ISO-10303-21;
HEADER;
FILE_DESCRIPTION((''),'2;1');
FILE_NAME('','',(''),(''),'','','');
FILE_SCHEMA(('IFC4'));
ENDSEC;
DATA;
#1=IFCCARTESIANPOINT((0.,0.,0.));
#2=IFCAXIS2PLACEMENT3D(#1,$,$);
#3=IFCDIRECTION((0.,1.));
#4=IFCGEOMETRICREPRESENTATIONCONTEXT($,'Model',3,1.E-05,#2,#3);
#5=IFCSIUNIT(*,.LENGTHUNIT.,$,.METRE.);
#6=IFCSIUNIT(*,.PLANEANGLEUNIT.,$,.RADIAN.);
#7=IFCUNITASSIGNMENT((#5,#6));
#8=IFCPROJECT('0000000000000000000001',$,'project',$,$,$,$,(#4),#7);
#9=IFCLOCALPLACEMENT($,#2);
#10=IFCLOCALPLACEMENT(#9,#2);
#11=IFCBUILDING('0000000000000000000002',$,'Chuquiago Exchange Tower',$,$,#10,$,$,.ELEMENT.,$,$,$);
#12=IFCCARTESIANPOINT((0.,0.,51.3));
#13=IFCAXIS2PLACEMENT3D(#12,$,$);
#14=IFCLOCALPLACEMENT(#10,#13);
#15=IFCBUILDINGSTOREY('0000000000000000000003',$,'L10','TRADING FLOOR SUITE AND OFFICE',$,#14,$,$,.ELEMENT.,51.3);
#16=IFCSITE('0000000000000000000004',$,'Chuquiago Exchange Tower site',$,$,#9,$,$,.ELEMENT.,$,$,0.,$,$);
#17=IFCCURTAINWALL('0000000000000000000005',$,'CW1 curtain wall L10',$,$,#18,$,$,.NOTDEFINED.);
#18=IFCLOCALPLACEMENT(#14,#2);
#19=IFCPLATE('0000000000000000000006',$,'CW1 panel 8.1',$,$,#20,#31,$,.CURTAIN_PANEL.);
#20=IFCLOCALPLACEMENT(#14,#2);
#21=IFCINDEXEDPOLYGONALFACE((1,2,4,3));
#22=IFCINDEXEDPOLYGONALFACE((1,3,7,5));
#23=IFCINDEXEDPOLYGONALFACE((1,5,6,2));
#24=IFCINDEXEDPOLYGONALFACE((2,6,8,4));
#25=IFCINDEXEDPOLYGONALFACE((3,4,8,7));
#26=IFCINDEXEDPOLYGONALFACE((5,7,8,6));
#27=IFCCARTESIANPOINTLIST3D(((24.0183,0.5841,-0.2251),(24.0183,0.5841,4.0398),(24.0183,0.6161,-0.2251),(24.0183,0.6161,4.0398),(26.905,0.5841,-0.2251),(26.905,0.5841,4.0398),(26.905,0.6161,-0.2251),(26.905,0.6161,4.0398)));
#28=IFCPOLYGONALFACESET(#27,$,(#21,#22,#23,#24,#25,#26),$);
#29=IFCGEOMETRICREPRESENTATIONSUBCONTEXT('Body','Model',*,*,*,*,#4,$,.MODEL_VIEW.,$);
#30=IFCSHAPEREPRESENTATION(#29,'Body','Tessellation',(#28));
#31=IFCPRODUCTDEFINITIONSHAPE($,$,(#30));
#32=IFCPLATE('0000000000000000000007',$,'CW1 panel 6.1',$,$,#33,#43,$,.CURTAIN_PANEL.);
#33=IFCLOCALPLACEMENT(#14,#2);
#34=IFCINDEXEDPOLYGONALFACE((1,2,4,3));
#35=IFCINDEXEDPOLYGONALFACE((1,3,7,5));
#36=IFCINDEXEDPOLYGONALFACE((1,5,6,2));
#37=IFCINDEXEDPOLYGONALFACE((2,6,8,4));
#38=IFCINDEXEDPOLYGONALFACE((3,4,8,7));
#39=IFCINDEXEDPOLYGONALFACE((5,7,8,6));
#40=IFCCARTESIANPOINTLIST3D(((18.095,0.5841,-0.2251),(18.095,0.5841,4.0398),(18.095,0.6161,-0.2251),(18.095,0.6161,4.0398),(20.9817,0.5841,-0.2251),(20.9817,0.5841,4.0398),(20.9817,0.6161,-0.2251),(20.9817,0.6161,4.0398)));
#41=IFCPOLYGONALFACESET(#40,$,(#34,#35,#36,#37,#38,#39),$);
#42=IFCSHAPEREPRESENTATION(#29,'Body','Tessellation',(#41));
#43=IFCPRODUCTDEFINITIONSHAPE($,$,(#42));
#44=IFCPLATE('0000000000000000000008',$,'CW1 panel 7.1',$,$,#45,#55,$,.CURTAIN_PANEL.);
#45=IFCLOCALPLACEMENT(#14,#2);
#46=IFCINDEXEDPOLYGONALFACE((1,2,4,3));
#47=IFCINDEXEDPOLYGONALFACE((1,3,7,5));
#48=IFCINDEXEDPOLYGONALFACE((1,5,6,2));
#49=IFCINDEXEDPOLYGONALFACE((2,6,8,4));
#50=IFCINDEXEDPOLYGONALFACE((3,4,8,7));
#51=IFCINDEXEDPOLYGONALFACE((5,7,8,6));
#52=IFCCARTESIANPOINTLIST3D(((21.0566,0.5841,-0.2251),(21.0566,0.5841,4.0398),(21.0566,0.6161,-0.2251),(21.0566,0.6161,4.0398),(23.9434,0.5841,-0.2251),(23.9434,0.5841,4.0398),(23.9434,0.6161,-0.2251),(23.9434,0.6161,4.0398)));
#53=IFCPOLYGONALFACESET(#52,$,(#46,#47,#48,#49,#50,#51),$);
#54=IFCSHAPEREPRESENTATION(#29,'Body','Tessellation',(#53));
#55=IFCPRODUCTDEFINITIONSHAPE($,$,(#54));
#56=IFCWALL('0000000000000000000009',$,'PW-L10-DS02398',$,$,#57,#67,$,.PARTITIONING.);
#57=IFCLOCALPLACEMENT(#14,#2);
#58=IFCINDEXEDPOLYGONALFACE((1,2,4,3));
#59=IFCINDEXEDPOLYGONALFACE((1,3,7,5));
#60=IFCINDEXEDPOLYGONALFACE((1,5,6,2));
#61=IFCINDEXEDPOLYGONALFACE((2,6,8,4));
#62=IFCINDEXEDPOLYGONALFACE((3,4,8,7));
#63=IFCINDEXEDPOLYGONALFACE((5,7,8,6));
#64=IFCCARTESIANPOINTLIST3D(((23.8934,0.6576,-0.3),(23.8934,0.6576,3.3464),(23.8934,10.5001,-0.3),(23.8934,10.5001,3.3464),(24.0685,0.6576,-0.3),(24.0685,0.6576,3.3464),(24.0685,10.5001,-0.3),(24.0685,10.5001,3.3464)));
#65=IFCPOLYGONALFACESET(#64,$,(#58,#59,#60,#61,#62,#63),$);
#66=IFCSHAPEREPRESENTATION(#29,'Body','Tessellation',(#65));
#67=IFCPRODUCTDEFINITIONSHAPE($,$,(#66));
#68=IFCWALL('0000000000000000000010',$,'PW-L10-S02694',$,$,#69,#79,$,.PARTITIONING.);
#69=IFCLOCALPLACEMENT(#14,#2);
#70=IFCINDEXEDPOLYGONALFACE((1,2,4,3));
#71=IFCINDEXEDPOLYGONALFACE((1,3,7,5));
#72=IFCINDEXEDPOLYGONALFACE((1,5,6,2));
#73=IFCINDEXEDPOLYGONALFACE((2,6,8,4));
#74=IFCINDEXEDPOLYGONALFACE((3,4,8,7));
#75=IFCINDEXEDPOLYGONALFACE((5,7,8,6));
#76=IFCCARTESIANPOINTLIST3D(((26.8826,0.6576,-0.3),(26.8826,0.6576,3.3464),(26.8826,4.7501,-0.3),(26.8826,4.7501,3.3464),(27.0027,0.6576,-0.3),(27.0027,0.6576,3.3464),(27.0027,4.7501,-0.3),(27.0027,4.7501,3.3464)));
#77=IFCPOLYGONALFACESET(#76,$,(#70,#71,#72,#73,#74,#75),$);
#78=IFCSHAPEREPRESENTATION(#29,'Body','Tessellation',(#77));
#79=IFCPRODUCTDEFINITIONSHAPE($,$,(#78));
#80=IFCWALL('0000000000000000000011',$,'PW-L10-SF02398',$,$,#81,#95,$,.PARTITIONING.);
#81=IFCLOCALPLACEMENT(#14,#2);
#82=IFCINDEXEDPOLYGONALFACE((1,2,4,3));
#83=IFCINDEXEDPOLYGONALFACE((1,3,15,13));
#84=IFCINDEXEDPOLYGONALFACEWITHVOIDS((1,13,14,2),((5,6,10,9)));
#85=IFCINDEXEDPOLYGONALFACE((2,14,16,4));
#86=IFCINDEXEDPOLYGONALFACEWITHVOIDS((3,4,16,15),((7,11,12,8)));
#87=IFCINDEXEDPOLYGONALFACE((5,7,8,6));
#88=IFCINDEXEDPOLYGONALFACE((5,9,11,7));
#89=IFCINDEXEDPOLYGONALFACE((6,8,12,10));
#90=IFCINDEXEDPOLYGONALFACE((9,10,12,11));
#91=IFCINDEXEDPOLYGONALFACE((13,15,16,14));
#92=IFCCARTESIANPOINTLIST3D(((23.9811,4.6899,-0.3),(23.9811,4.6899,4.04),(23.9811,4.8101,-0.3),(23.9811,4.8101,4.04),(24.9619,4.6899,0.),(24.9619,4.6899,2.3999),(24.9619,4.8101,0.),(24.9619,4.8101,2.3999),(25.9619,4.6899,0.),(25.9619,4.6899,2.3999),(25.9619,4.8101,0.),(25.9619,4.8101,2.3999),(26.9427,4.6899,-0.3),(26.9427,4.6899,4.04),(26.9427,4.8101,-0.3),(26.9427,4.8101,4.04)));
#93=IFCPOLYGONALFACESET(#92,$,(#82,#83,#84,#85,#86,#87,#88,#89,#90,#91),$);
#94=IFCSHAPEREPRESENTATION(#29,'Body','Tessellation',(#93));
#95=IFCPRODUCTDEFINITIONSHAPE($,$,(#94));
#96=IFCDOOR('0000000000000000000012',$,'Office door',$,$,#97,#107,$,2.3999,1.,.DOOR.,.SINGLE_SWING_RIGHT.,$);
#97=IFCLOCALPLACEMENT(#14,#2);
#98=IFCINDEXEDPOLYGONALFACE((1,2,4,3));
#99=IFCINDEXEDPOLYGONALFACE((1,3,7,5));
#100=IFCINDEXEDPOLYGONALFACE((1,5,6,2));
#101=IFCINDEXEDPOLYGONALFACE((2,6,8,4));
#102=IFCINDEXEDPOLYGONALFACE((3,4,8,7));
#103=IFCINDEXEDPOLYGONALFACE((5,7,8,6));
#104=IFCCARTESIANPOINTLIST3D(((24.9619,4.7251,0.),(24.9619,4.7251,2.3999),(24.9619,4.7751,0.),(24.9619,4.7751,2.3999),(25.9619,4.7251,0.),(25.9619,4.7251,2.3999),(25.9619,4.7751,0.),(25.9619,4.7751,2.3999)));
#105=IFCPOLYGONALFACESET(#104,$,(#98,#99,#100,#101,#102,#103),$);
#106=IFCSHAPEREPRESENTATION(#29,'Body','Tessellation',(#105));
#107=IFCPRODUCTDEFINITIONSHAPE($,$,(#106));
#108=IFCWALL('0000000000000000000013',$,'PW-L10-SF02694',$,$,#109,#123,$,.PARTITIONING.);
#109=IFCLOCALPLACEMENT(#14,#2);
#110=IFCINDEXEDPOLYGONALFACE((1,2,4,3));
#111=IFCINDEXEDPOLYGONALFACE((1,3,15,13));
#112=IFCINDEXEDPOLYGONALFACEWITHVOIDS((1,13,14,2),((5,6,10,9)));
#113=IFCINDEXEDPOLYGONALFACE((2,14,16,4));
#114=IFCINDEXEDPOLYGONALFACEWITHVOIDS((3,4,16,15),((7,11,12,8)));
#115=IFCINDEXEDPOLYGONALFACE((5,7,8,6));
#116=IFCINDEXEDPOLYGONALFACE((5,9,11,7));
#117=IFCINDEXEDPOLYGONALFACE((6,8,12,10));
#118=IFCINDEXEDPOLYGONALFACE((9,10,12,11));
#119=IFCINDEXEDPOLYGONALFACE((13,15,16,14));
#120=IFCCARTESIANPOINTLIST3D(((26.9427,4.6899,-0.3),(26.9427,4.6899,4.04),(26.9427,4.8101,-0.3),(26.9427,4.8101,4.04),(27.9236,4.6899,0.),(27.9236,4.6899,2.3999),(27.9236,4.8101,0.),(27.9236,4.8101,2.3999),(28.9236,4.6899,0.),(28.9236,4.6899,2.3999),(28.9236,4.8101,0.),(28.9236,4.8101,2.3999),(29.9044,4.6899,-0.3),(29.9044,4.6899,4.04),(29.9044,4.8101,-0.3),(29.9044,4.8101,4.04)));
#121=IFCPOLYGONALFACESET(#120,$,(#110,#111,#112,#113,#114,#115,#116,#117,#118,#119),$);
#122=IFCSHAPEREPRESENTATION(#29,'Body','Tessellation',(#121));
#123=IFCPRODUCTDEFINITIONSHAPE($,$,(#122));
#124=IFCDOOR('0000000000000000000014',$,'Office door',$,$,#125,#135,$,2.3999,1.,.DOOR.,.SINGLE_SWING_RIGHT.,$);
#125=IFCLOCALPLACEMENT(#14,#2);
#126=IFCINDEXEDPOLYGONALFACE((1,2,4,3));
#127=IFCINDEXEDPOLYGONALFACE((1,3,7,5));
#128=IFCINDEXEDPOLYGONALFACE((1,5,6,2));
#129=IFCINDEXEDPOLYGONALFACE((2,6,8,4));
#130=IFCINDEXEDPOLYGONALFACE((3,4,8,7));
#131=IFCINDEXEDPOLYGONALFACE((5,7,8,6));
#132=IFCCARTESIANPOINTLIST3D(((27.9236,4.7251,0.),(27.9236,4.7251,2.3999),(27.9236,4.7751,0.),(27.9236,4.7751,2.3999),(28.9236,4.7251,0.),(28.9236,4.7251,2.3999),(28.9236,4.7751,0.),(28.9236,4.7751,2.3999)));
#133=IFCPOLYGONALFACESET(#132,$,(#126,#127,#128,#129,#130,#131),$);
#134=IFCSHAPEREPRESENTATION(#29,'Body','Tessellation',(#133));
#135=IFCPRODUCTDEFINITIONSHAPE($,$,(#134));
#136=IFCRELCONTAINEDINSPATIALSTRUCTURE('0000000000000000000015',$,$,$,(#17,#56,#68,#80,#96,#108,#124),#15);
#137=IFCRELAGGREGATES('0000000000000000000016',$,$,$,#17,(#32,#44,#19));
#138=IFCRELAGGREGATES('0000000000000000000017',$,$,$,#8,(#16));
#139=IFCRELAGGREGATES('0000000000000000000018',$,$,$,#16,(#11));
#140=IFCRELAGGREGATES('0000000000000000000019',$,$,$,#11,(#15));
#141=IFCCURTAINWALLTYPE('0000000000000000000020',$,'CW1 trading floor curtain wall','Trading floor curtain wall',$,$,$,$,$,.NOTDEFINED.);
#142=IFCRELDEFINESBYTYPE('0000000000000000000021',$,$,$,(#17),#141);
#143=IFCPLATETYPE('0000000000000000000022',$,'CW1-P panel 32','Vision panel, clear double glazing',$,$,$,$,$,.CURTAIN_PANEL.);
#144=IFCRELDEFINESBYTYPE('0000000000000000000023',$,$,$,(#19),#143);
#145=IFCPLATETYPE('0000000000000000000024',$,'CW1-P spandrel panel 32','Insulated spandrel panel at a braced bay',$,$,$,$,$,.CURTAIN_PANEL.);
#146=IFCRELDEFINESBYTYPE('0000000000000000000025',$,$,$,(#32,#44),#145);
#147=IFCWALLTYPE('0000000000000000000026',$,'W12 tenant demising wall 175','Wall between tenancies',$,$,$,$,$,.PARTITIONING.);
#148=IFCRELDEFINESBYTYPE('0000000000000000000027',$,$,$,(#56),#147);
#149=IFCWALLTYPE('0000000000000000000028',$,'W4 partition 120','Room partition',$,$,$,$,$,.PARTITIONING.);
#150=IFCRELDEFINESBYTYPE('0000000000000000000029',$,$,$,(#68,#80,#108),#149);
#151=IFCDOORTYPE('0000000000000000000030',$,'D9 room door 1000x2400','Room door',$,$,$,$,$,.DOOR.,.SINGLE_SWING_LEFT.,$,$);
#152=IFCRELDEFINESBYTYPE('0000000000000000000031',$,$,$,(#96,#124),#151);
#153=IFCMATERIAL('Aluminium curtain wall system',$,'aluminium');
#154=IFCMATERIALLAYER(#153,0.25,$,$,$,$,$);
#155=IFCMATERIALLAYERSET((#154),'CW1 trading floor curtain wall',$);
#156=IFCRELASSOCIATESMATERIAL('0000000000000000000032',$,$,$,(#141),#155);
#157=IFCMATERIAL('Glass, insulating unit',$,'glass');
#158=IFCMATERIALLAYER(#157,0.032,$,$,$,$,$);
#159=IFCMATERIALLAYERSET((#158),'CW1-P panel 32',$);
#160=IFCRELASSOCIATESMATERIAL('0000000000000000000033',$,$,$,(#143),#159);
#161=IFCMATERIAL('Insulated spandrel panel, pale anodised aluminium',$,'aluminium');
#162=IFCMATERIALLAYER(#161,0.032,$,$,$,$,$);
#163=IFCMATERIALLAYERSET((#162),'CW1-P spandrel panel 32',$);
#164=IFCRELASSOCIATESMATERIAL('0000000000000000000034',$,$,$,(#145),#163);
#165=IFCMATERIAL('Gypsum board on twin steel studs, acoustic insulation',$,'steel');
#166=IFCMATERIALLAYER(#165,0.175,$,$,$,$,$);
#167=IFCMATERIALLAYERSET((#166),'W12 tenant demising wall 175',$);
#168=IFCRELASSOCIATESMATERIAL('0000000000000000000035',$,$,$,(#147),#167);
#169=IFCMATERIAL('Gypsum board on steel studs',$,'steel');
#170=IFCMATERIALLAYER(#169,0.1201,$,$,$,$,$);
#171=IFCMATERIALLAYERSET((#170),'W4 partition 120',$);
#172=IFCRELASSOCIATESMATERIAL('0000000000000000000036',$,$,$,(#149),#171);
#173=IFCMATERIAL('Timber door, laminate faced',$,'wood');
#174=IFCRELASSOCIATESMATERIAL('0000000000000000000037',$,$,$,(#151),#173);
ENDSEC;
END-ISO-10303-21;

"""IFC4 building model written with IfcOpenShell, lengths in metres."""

from ifc_helpers import new_model, si_unit, direction, frame, frame_2d, origin, origin_2d, place, context, subcontext, project, spatial, rectangle, extrude, material, layer, layer_set, type_object, element, fill, aggregate, save


model = new_model("IFC4")

# Units and contexts
model_context = context("Model", 3, precision=1e-05, world=origin(), true_north=direction((0.0, 1.0)))
body_context = subcontext(model_context, "Body", "Model", "MODEL_VIEW")
ifc_project = project(units=[si_unit("LENGTHUNIT", "METRE"), si_unit("PLANEANGLEUNIT", "RADIAN")], contexts=[model_context])

# Site, building, storey
site_placement = place(None, origin())
site = spatial("IfcSite", under=ifc_project, at=site_placement, Name="Chuquiago Exchange Tower site", CompositionType="ELEMENT", RefElevation=0.0)
building_placement = place(site_placement, origin())
building = spatial("IfcBuilding", under=site, at=building_placement, Name="Chuquiago Exchange Tower", CompositionType="ELEMENT")
storey_placement = place(building_placement, frame((0.0, 0.0, 51.3)))
storey = spatial("IfcBuildingStorey", under=building, at=storey_placement, Name="L10", Description="TRADING FLOOR SUITE AND OFFICE", CompositionType="ELEMENT", Elevation=51.3)

# Curtain wall
ifc_material_1 = material(Name="Aluminium curtain wall system", Category="aluminium")
ifc_layer_1 = layer(ifc_material_1, 0.25)
ifc_layer_set_1 = layer_set([ifc_layer_1], Name="CW1 trading floor curtain wall")
curtain_wall_type = type_object("IfcCurtainWallType", Name="CW1 trading floor curtain wall", Description="Trading floor curtain wall", PredefinedType="NOTDEFINED", material=ifc_layer_set_1)
curtain_wall_placement = place(storey_placement, origin())
curtain_wall = element("IfcCurtainWall", 1, at=curtain_wall_placement, inside=storey, type_object=curtain_wall_type, Name="CW1 curtain wall L10", PredefinedType="NOTDEFINED")

# Plates
ifc_material_2 = material(Name="Glass, insulating unit", Category="glass")
ifc_layer_2 = layer(ifc_material_2, 0.032)
ifc_layer_set_2 = layer_set([ifc_layer_2], Name="CW1-P panel 32")
plate_type_1 = type_object("IfcPlateType", Name="CW1-P panel 32", Description="Vision panel, clear double glazing", PredefinedType="CURTAIN_PANEL", material=ifc_layer_set_2)
plate_1_placement = place(storey_placement, frame((25.4617, 0.6001, -0.2251), z_axis=(0.0, 0.0, 1.0), x_axis=(1.0, 0.0, 0.0)))
plate_1 = element("IfcPlate", 2, at=plate_1_placement, type_object=plate_type_1, Name="CW1 panel 8.1", PredefinedType="CURTAIN_PANEL", context=body_context, shape_type="SweptSolid", body=[
    extrude(rectangle(XDim=2.8867, YDim=0.032, at=origin_2d()), origin(), (0.0, 0.0, 1.0), 4.2649),
])
ifc_material_3 = material(Name="Insulated spandrel panel, pale anodised aluminium", Category="aluminium")
ifc_layer_3 = layer(ifc_material_3, 0.032)
ifc_layer_set_3 = layer_set([ifc_layer_3], Name="CW1-P spandrel panel 32")
plate_type_2 = type_object("IfcPlateType", Name="CW1-P spandrel panel 32", Description="Insulated spandrel panel at a braced bay", PredefinedType="CURTAIN_PANEL", material=ifc_layer_set_3)
plate_2_placement = place(storey_placement, frame((19.5383, 0.6001, -0.2251), z_axis=(0.0, 0.0, 1.0), x_axis=(1.0, 0.0, 0.0)))
plate_2 = element("IfcPlate", 3, at=plate_2_placement, type_object=plate_type_2, Name="CW1 panel 6.1", PredefinedType="CURTAIN_PANEL", context=body_context, shape_type="SweptSolid", body=[
    extrude(rectangle(XDim=2.8867, YDim=0.032, at=origin_2d()), origin(), (0.0, 0.0, 1.0), 4.2649),
])
plate_3_placement = place(storey_placement, frame((22.5, 0.6001, -0.2251), z_axis=(0.0, 0.0, 1.0), x_axis=(1.0, 0.0, 0.0)))
plate_3 = element("IfcPlate", 4, at=plate_3_placement, type_object=plate_type_2, Name="CW1 panel 7.1", PredefinedType="CURTAIN_PANEL", context=body_context, shape_type="SweptSolid", body=[
    extrude(rectangle(XDim=2.8867, YDim=0.032, at=origin_2d()), origin(), (0.0, 0.0, 1.0), 4.2649),
])
aggregate(curtain_wall, [plate_2, plate_3, plate_1])

# Walls
ifc_material_4 = material(Name="Gypsum board on twin steel studs, acoustic insulation", Category="steel")
ifc_layer_4 = layer(ifc_material_4, 0.175)
ifc_layer_set_4 = layer_set([ifc_layer_4], Name="W12 tenant demising wall 175")
wall_type_1 = type_object("IfcWallType", Name="W12 tenant demising wall 175", Description="Wall between tenancies", PredefinedType="PARTITIONING", material=ifc_layer_set_4)
wall_1_placement = place(storey_placement, frame((23.981, 0.6575, -0.3), z_axis=(0.0, 0.0, 1.0), x_axis=(0.0, 1.0, 0.0)))
element("IfcWall", 5, at=wall_1_placement, inside=storey, type_object=wall_type_1, Name="PW-L10-DS02398", PredefinedType="PARTITIONING", context=body_context, shape_type="SweptSolid", body=[
    extrude(rectangle(XDim=9.8425, YDim=0.175, at=frame_2d((4.9214, 0.0))), origin(), (0.0, 0.0, 1.0), 3.6465),
])
ifc_material_5 = material(Name="Gypsum board on steel studs", Category="steel")
ifc_layer_5 = layer(ifc_material_5, 0.1201)
ifc_layer_set_5 = layer_set([ifc_layer_5], Name="W4 partition 120")
wall_type_2 = type_object("IfcWallType", Name="W4 partition 120", Description="Room partition", PredefinedType="PARTITIONING", material=ifc_layer_set_5)
wall_2_placement = place(storey_placement, frame((26.9426, 0.6575, -0.3), z_axis=(0.0, 0.0, 1.0), x_axis=(0.0, 1.0, 0.0)))
element("IfcWall", 6, at=wall_2_placement, inside=storey, type_object=wall_type_2, Name="PW-L10-S02694", PredefinedType="PARTITIONING", context=body_context, shape_type="SweptSolid", body=[
    extrude(rectangle(XDim=4.0925, YDim=0.1201, at=frame_2d((2.0464, 0.0))), origin(), (0.0, 0.0, 1.0), 3.6465),
])

# Walls, openings, doors
wall_3_placement = place(storey_placement, frame((23.981, 4.75, -0.3), z_axis=(0.0, 0.0, 1.0), x_axis=(1.0, 0.0, 0.0)))
wall_3 = element("IfcWall", 7, at=wall_3_placement, inside=storey, type_object=wall_type_2, Name="PW-L10-SF02398", PredefinedType="PARTITIONING", context=body_context, shape_type="SweptSolid", body=[
    extrude(rectangle(XDim=2.9617, YDim=0.1201, at=frame_2d((1.481, 0.0))), origin(), (0.0, 0.0, 1.0), 4.3401),
])
opening_1_placement = place(wall_3_placement, frame((0.981, 0.0, 0.3)))
opening_1 = element("IfcOpeningElement", 8, at=opening_1_placement, cuts=wall_3, PredefinedType="OPENING", context=body_context, shape_type="SweptSolid", body=[
    extrude(rectangle(XDim=1.0, YDim=2.3999, at=frame_2d((0.5, 1.2))), frame((0.0, 0.0701, 0.0), z_axis=(0.0, -1.0, 0.0), x_axis=(1.0, 0.0, 0.0)), (0.0, 0.0, 1.0), 0.1401),
])
ifc_material_6 = material(Name="Timber door, laminate faced", Category="wood")
door_type = type_object("IfcDoorType", Name="D9 room door 1000x2400", Description="Room door", OperationType="SINGLE_SWING_LEFT", PredefinedType="DOOR", material=ifc_material_6)
door_1_placement = place(opening_1_placement, frame((1.0, 0.0, 0.0), z_axis=(0.0, 0.0, 1.0), x_axis=(-1.0, 0.0, 0.0)))
door_1 = element("IfcDoor", 9, at=door_1_placement, inside=storey, type_object=door_type, Name="Office door", OperationType="SINGLE_SWING_RIGHT", OverallHeight=2.3999, OverallWidth=1.0, PredefinedType="DOOR", context=body_context, shape_type="SweptSolid", body=[
    extrude(rectangle(XDim=1.0, YDim=2.3999, at=frame_2d((0.5, 1.2))), frame((0.0, 0.0249, 0.0), z_axis=(0.0, -1.0, 0.0), x_axis=(1.0, 0.0, 0.0)), (0.0, 0.0, 1.0), 0.05),
])
fill(opening_1, door_1)
wall_4_placement = place(storey_placement, frame((26.9426, 4.75, -0.3), z_axis=(0.0, 0.0, 1.0), x_axis=(1.0, 0.0, 0.0)))
wall_4 = element("IfcWall", 10, at=wall_4_placement, inside=storey, type_object=wall_type_2, Name="PW-L10-SF02694", PredefinedType="PARTITIONING", context=body_context, shape_type="SweptSolid", body=[
    extrude(rectangle(XDim=2.9617, YDim=0.1201, at=frame_2d((1.481, 0.0))), origin(), (0.0, 0.0, 1.0), 4.3401),
])
opening_2_placement = place(wall_4_placement, frame((0.981, 0.0, 0.3)))
opening_2 = element("IfcOpeningElement", 11, at=opening_2_placement, cuts=wall_4, PredefinedType="OPENING", context=body_context, shape_type="SweptSolid", body=[
    extrude(rectangle(XDim=1.0, YDim=2.3999, at=frame_2d((0.5, 1.2))), frame((0.0, 0.0701, 0.0), z_axis=(0.0, -1.0, 0.0), x_axis=(1.0, 0.0, 0.0)), (0.0, 0.0, 1.0), 0.1401),
])
door_2_placement = place(opening_2_placement, frame((1.0, 0.0, 0.0), z_axis=(0.0, 0.0, 1.0), x_axis=(-1.0, 0.0, 0.0)))
door_2 = element("IfcDoor", 12, at=door_2_placement, inside=storey, type_object=door_type, Name="Office door", OperationType="SINGLE_SWING_RIGHT", OverallHeight=2.3999, OverallWidth=1.0, PredefinedType="DOOR", context=body_context, shape_type="SweptSolid", body=[
    extrude(rectangle(XDim=1.0, YDim=2.3999, at=frame_2d((0.5, 1.2))), frame((0.0, 0.0249, 0.0), z_axis=(0.0, -1.0, 0.0), x_axis=(1.0, 0.0, 0.0)), (0.0, 0.0, 1.0), 0.05),
])
fill(opening_2, door_2)

save(model, "model.ifc")
